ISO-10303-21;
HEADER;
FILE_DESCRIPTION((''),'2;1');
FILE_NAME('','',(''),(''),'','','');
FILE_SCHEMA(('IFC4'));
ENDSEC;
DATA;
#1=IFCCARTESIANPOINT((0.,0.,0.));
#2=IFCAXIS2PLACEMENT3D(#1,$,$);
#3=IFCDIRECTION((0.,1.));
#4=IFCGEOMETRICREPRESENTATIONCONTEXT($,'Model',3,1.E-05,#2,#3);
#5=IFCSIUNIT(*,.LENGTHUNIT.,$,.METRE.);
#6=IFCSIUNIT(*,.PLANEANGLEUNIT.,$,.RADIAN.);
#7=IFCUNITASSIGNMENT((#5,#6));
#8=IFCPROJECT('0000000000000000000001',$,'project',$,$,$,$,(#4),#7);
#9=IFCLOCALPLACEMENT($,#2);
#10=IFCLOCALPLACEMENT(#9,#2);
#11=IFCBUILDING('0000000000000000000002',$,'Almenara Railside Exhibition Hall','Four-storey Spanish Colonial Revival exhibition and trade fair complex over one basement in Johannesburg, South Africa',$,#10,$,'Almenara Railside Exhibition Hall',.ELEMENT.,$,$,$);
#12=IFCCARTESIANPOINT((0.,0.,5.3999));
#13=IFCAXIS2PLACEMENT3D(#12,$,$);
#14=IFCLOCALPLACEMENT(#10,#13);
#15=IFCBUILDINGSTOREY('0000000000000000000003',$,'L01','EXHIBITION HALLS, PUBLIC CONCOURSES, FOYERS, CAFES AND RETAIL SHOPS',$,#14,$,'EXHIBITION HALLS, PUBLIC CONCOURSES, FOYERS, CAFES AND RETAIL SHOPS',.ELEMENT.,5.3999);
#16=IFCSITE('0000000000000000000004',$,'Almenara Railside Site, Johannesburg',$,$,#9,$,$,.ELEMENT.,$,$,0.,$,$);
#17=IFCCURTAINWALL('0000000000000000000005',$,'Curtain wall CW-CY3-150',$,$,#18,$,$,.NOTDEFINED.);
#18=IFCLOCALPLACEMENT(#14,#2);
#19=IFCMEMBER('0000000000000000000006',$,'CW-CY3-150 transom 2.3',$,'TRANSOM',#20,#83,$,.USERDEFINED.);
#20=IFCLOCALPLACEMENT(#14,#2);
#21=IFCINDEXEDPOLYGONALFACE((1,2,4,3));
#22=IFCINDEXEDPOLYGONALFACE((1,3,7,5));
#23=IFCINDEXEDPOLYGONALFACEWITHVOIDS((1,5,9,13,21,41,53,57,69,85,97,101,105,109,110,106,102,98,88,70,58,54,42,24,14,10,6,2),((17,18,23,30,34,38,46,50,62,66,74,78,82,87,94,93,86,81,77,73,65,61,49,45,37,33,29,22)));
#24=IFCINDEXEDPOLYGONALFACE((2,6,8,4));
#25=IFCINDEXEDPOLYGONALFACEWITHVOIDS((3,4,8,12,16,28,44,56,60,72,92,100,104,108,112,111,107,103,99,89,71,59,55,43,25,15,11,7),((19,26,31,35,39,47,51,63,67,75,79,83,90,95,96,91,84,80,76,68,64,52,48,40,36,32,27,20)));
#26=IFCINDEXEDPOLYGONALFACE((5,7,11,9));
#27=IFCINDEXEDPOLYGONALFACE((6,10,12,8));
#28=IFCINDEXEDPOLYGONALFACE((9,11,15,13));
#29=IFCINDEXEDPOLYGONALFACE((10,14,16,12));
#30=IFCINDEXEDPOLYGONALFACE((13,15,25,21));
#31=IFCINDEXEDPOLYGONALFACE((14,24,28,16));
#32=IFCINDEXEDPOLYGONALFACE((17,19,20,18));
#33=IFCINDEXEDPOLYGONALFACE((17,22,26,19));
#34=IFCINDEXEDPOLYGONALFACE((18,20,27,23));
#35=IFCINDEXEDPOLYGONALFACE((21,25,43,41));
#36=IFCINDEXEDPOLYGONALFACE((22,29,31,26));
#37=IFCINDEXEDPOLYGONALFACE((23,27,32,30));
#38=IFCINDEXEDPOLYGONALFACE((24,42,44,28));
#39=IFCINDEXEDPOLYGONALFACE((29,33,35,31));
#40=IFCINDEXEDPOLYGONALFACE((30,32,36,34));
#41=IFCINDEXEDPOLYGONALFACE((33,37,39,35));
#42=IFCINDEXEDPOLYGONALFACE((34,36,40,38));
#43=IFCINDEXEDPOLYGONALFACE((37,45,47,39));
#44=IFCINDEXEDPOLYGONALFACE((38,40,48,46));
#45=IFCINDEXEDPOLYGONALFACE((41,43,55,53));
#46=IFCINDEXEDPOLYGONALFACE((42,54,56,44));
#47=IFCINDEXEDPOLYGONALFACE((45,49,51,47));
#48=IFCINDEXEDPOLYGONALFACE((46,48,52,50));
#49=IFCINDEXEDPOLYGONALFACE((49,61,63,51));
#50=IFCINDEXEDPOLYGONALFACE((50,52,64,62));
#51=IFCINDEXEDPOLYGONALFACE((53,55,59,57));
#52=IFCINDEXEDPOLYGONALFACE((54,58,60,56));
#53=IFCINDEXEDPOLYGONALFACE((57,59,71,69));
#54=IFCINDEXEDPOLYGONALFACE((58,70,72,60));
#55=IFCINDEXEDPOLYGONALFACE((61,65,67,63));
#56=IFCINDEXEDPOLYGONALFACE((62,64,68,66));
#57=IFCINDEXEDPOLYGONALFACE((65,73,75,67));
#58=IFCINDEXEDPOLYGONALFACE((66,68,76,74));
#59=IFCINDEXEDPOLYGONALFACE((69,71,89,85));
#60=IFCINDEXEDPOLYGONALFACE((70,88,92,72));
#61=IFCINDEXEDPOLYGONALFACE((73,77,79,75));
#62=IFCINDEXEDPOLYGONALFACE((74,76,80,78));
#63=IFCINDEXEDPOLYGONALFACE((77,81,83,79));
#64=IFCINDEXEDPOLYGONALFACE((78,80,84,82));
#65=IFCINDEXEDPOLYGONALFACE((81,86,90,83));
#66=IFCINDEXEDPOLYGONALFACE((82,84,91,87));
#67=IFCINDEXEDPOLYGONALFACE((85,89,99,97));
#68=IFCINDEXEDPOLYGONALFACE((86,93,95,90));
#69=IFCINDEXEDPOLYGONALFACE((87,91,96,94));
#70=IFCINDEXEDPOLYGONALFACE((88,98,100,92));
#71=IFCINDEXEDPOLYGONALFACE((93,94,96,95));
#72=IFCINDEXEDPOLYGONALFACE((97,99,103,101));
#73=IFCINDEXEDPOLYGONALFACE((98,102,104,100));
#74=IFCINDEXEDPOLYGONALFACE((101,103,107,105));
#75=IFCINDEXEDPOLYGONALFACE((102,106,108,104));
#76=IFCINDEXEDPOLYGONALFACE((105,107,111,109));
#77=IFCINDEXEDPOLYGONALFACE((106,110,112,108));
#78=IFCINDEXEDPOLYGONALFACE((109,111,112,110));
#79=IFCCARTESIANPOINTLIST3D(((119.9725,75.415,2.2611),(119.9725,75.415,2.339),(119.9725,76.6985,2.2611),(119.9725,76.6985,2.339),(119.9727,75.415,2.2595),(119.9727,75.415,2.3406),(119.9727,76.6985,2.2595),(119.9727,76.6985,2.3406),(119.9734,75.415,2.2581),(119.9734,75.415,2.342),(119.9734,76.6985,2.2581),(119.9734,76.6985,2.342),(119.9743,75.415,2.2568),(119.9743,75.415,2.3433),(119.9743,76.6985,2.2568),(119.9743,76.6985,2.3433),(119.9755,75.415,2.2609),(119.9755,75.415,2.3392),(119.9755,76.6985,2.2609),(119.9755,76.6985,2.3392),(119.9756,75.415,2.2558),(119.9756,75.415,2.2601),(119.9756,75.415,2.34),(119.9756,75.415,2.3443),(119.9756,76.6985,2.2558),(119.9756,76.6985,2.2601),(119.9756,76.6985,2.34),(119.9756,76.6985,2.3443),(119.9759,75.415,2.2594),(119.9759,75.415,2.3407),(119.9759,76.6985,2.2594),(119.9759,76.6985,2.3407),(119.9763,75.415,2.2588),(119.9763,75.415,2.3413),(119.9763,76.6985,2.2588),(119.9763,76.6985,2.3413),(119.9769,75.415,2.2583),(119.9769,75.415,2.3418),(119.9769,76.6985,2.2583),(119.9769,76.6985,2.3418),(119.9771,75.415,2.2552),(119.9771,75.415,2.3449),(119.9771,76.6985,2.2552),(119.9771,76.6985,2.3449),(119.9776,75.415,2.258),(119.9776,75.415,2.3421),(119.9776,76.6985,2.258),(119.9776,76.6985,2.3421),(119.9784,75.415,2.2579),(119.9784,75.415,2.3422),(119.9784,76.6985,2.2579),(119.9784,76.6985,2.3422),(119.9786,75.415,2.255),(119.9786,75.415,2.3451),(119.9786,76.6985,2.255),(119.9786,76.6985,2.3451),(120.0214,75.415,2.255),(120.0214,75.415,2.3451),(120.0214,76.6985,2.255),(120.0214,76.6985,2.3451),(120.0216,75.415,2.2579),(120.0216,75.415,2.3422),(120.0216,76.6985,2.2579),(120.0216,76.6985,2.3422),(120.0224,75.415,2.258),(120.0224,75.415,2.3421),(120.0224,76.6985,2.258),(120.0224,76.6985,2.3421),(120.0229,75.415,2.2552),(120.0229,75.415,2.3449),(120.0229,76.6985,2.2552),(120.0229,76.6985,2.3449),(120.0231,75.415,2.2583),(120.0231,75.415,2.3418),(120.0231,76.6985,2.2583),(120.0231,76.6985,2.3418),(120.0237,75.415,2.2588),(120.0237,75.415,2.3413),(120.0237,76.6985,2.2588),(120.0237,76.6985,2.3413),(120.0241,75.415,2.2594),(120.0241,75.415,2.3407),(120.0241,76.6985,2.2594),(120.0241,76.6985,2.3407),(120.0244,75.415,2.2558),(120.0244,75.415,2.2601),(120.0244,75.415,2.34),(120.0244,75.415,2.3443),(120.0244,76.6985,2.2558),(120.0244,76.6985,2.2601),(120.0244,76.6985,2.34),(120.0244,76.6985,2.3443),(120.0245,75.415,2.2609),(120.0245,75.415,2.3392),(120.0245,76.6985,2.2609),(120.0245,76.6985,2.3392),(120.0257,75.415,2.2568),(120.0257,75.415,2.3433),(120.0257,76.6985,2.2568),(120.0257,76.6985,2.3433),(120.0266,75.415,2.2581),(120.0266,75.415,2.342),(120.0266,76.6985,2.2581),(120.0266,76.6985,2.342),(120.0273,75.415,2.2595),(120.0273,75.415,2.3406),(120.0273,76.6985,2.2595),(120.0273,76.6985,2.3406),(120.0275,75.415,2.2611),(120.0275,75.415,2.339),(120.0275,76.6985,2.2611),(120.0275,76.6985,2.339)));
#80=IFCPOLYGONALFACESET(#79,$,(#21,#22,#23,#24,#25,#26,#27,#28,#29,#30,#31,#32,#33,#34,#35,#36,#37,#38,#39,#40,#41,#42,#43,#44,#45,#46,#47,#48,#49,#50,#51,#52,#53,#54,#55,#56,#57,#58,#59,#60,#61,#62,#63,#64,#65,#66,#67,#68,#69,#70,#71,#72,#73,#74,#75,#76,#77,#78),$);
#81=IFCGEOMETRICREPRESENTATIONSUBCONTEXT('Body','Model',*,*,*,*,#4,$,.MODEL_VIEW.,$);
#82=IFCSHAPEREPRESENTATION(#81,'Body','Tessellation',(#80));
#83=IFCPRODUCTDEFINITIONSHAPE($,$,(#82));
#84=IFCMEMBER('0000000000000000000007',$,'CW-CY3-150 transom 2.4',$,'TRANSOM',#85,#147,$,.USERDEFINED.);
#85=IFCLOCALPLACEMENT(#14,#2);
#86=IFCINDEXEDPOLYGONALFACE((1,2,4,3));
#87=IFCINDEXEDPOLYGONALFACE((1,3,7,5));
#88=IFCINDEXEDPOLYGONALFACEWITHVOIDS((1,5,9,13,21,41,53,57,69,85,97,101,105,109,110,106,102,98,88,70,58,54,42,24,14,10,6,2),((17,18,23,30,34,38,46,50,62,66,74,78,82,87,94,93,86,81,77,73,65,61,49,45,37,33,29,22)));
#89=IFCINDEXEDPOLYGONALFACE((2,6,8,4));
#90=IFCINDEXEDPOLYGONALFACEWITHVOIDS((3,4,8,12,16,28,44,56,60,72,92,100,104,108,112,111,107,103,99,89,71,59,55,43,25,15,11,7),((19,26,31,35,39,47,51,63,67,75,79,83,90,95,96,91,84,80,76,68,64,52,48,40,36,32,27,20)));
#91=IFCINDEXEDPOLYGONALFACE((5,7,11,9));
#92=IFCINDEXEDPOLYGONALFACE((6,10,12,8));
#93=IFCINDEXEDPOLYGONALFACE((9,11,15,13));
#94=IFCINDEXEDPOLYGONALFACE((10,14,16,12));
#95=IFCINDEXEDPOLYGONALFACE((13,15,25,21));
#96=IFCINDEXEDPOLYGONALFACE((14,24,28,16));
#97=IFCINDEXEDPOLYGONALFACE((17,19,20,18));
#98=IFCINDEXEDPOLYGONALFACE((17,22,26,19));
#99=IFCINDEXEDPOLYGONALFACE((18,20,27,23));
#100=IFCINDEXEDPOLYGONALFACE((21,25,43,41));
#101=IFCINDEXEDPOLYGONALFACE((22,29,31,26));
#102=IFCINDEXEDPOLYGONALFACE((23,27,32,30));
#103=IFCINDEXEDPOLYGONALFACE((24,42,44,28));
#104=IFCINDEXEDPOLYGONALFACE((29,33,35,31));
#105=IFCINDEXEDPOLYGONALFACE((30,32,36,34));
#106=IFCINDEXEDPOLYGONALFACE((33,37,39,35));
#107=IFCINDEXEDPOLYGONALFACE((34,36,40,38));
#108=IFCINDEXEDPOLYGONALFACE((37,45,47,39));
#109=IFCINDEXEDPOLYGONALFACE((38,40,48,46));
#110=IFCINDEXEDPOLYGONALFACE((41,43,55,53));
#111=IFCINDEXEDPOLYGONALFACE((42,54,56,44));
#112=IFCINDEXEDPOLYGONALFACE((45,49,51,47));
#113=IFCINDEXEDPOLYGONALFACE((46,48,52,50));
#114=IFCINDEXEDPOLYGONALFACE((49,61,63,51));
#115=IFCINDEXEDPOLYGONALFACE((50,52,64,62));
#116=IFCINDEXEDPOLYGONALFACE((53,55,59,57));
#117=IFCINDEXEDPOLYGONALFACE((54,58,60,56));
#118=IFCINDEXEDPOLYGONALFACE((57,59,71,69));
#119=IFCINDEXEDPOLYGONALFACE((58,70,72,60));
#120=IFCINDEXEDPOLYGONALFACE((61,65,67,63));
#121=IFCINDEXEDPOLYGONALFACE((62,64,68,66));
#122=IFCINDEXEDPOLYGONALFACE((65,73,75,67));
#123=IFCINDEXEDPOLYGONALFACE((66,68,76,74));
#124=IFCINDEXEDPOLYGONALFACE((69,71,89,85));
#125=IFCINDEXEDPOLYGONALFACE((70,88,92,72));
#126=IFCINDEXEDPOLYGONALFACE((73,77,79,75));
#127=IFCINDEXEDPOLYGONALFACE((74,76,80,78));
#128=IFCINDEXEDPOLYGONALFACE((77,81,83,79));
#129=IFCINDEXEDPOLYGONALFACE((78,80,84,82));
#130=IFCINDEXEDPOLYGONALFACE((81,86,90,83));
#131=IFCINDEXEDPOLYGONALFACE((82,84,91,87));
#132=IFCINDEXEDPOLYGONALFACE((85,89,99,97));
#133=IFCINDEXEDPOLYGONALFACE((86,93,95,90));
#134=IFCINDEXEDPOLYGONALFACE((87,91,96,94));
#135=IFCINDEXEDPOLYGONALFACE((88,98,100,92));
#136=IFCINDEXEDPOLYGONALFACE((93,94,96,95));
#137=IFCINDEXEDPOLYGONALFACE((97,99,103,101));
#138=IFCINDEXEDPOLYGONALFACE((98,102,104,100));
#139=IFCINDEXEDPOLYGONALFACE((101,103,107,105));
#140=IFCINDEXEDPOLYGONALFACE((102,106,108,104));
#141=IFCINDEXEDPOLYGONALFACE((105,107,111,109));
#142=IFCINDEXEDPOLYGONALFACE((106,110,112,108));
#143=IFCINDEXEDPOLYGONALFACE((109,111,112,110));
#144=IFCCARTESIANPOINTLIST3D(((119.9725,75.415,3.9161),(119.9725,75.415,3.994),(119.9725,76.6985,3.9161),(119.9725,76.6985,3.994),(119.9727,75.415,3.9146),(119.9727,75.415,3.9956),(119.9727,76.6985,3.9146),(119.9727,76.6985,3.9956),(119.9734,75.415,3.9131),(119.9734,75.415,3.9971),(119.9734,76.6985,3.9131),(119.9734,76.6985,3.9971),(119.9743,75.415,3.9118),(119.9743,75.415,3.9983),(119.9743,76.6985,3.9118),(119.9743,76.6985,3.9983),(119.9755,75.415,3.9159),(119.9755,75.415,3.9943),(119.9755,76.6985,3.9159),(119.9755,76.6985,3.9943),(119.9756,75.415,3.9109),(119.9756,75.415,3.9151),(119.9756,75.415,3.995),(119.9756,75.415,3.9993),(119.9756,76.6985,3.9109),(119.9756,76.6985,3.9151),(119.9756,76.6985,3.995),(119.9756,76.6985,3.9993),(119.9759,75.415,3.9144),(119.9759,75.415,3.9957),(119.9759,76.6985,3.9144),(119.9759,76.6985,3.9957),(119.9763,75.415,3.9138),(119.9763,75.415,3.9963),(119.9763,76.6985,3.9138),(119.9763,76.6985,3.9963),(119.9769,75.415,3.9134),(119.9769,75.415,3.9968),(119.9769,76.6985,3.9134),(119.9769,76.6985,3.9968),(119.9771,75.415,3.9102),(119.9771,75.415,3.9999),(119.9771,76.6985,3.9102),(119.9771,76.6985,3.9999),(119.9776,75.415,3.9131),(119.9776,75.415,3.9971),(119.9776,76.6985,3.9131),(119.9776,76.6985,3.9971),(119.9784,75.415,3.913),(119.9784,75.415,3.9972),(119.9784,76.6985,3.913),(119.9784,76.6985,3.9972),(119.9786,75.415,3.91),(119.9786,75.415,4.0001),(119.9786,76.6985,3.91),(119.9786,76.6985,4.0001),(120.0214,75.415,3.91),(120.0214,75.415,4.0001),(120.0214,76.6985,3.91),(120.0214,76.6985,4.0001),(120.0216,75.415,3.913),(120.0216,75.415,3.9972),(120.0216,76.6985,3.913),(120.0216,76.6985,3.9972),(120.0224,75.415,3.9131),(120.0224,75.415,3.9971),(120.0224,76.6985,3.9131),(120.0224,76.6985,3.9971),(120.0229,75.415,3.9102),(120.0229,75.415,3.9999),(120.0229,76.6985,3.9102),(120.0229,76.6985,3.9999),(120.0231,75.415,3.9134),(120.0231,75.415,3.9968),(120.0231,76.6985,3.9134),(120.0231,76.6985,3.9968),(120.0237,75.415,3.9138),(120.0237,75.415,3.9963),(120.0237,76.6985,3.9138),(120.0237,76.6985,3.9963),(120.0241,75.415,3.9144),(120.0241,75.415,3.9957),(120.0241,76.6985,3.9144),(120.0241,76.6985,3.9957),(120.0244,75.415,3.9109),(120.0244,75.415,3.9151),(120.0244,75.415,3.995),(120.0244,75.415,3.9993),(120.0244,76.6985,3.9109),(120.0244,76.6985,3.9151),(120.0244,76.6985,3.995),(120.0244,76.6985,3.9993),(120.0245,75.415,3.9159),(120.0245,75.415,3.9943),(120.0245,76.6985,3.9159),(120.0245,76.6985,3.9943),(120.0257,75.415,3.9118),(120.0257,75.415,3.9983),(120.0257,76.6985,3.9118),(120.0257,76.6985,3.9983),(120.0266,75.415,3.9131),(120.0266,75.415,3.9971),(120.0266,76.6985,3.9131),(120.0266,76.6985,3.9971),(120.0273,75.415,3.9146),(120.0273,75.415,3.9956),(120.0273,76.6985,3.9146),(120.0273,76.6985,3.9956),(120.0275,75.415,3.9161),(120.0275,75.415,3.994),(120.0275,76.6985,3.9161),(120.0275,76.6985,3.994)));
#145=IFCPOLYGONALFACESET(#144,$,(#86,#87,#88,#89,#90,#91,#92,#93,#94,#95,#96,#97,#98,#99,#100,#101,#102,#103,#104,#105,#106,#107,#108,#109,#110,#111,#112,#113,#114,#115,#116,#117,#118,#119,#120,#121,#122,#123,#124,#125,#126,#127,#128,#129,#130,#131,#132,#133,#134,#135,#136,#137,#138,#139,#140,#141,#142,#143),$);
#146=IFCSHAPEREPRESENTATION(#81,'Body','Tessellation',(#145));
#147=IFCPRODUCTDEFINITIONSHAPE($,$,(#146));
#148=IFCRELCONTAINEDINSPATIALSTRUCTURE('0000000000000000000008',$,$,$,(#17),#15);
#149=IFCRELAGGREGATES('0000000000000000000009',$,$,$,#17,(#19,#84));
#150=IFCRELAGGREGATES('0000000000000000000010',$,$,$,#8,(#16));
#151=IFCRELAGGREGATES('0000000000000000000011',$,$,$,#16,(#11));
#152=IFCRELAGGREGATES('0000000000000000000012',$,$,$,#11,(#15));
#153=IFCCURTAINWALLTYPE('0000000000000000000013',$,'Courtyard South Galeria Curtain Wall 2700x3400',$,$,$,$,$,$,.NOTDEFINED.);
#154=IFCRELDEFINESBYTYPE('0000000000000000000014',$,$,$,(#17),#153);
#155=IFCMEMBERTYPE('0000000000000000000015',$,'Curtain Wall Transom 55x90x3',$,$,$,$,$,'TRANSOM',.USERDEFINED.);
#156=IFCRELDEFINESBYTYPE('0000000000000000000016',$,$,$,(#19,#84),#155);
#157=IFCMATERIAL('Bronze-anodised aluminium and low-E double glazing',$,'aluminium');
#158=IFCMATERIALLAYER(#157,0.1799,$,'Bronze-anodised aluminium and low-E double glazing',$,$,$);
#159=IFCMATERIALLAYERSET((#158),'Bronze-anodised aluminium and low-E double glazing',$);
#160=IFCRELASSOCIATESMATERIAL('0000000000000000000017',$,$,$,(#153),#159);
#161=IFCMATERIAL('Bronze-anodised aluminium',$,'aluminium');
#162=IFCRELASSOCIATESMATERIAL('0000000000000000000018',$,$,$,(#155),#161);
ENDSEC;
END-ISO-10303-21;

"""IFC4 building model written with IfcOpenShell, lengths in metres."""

from ifc_helpers import new_model, si_unit, direction, frame, origin, origin_2d, place, context, subcontext, project, spatial, hollow_rectangle, extrude, material, layer, layer_set, material_profile, profile_set, type_object, element, aggregate, save


model = new_model("IFC4")

# Units and contexts
model_context = context("Model", 3, precision=1e-05, world=origin(), true_north=direction((0.0, 1.0)))
body_context = subcontext(model_context, "Body", "Model", "MODEL_VIEW")
ifc_project = project(units=[si_unit("LENGTHUNIT", "METRE"), si_unit("PLANEANGLEUNIT", "RADIAN")], contexts=[model_context])

# Site, building, storey
site_placement = place(None, origin())
site = spatial("IfcSite", under=ifc_project, at=site_placement, Name="Almenara Railside Site, Johannesburg", CompositionType="ELEMENT", RefElevation=0.0)
building_placement = place(site_placement, origin())
building = spatial("IfcBuilding", under=site, at=building_placement, Name="Almenara Railside Exhibition Hall", Description="Four-storey Spanish Colonial Revival exhibition and trade fair complex over one basement in Johannesburg, South Africa", LongName="Almenara Railside Exhibition Hall", CompositionType="ELEMENT")
storey_placement = place(building_placement, frame((0.0, 0.0, 5.3999)))
storey = spatial("IfcBuildingStorey", under=building, at=storey_placement, Name="L01", Description="EXHIBITION HALLS, PUBLIC CONCOURSES, FOYERS, CAFES AND RETAIL SHOPS", LongName="EXHIBITION HALLS, PUBLIC CONCOURSES, FOYERS, CAFES AND RETAIL SHOPS", CompositionType="ELEMENT", Elevation=5.3999)

# Curtain wall
ifc_material_1 = material(Name="Bronze-anodised aluminium and low-E double glazing", Category="aluminium")
ifc_layer_1 = layer(ifc_material_1, 0.1799, Name="Bronze-anodised aluminium and low-E double glazing")
ifc_layer_set_1 = layer_set([ifc_layer_1], Name="Bronze-anodised aluminium and low-E double glazing")
curtain_wall_type = type_object("IfcCurtainWallType", Name="Courtyard South Galeria Curtain Wall 2700x3400", PredefinedType="NOTDEFINED", material=ifc_layer_set_1)
curtain_wall_1_placement = place(storey_placement, origin())
curtain_wall_1 = element("IfcCurtainWall", 1, at=curtain_wall_1_placement, inside=storey, type_object=curtain_wall_type, Name="Curtain wall CW-CY3-150", PredefinedType="NOTDEFINED")
ifc_material_2 = material(Name="Bronze-anodised aluminium", Category="aluminium")

# Members
ifc_material_profile_1 = material_profile(ifc_material_2, hollow_rectangle(XDim=0.0549, YDim=0.0901, WallThickness=0.0029, InnerFilletRadius=0.0029, OuterFilletRadius=0.0061, at=origin_2d()), Name="ALU-TRN 55x90x3")
ifc_profile_set_1 = profile_set([ifc_material_profile_1], Name="Bronze-anodised aluminium")
member_type_1 = type_object("IfcMemberType", Name="Curtain Wall Transom 55x90x3", ElementType="TRANSOM", PredefinedType="USERDEFINED", material=ifc_profile_set_1)
member_1_placement = place(storey_placement, frame((120.0, 75.415, 2.3), z_axis=(0.0, 1.0, 0.0), x_axis=(-1.0, 0.0, 0.0)))
member_1 = element("IfcMember", 2, at=member_1_placement, type_object=member_type_1, Name="CW-CY3-150 transom 2.3", ObjectType="TRANSOM", PredefinedType="USERDEFINED", context=body_context, shape_type="SweptSolid", body=[
    extrude(hollow_rectangle(XDim=0.0549, YDim=0.0901, WallThickness=0.0029, InnerFilletRadius=0.0029, OuterFilletRadius=0.0061, at=origin_2d()), origin(), (0.0, 0.0, 1.0), 1.2834),
])
member_2_placement = place(storey_placement, frame((120.0, 75.415, 3.9551), z_axis=(0.0, 1.0, 0.0), x_axis=(-1.0, 0.0, 0.0)))
member_2 = element("IfcMember", 3, at=member_2_placement, type_object=member_type_1, Name="CW-CY3-150 transom 2.4", ObjectType="TRANSOM", PredefinedType="USERDEFINED", context=body_context, shape_type="SweptSolid", body=[
    extrude(hollow_rectangle(XDim=0.0549, YDim=0.0901, WallThickness=0.0029, InnerFilletRadius=0.0029, OuterFilletRadius=0.0061, at=origin_2d()), origin(), (0.0, 0.0, 1.0), 1.2834),
])

aggregate(curtain_wall_1, [member_1, member_2])

save(model, "model.ifc")
